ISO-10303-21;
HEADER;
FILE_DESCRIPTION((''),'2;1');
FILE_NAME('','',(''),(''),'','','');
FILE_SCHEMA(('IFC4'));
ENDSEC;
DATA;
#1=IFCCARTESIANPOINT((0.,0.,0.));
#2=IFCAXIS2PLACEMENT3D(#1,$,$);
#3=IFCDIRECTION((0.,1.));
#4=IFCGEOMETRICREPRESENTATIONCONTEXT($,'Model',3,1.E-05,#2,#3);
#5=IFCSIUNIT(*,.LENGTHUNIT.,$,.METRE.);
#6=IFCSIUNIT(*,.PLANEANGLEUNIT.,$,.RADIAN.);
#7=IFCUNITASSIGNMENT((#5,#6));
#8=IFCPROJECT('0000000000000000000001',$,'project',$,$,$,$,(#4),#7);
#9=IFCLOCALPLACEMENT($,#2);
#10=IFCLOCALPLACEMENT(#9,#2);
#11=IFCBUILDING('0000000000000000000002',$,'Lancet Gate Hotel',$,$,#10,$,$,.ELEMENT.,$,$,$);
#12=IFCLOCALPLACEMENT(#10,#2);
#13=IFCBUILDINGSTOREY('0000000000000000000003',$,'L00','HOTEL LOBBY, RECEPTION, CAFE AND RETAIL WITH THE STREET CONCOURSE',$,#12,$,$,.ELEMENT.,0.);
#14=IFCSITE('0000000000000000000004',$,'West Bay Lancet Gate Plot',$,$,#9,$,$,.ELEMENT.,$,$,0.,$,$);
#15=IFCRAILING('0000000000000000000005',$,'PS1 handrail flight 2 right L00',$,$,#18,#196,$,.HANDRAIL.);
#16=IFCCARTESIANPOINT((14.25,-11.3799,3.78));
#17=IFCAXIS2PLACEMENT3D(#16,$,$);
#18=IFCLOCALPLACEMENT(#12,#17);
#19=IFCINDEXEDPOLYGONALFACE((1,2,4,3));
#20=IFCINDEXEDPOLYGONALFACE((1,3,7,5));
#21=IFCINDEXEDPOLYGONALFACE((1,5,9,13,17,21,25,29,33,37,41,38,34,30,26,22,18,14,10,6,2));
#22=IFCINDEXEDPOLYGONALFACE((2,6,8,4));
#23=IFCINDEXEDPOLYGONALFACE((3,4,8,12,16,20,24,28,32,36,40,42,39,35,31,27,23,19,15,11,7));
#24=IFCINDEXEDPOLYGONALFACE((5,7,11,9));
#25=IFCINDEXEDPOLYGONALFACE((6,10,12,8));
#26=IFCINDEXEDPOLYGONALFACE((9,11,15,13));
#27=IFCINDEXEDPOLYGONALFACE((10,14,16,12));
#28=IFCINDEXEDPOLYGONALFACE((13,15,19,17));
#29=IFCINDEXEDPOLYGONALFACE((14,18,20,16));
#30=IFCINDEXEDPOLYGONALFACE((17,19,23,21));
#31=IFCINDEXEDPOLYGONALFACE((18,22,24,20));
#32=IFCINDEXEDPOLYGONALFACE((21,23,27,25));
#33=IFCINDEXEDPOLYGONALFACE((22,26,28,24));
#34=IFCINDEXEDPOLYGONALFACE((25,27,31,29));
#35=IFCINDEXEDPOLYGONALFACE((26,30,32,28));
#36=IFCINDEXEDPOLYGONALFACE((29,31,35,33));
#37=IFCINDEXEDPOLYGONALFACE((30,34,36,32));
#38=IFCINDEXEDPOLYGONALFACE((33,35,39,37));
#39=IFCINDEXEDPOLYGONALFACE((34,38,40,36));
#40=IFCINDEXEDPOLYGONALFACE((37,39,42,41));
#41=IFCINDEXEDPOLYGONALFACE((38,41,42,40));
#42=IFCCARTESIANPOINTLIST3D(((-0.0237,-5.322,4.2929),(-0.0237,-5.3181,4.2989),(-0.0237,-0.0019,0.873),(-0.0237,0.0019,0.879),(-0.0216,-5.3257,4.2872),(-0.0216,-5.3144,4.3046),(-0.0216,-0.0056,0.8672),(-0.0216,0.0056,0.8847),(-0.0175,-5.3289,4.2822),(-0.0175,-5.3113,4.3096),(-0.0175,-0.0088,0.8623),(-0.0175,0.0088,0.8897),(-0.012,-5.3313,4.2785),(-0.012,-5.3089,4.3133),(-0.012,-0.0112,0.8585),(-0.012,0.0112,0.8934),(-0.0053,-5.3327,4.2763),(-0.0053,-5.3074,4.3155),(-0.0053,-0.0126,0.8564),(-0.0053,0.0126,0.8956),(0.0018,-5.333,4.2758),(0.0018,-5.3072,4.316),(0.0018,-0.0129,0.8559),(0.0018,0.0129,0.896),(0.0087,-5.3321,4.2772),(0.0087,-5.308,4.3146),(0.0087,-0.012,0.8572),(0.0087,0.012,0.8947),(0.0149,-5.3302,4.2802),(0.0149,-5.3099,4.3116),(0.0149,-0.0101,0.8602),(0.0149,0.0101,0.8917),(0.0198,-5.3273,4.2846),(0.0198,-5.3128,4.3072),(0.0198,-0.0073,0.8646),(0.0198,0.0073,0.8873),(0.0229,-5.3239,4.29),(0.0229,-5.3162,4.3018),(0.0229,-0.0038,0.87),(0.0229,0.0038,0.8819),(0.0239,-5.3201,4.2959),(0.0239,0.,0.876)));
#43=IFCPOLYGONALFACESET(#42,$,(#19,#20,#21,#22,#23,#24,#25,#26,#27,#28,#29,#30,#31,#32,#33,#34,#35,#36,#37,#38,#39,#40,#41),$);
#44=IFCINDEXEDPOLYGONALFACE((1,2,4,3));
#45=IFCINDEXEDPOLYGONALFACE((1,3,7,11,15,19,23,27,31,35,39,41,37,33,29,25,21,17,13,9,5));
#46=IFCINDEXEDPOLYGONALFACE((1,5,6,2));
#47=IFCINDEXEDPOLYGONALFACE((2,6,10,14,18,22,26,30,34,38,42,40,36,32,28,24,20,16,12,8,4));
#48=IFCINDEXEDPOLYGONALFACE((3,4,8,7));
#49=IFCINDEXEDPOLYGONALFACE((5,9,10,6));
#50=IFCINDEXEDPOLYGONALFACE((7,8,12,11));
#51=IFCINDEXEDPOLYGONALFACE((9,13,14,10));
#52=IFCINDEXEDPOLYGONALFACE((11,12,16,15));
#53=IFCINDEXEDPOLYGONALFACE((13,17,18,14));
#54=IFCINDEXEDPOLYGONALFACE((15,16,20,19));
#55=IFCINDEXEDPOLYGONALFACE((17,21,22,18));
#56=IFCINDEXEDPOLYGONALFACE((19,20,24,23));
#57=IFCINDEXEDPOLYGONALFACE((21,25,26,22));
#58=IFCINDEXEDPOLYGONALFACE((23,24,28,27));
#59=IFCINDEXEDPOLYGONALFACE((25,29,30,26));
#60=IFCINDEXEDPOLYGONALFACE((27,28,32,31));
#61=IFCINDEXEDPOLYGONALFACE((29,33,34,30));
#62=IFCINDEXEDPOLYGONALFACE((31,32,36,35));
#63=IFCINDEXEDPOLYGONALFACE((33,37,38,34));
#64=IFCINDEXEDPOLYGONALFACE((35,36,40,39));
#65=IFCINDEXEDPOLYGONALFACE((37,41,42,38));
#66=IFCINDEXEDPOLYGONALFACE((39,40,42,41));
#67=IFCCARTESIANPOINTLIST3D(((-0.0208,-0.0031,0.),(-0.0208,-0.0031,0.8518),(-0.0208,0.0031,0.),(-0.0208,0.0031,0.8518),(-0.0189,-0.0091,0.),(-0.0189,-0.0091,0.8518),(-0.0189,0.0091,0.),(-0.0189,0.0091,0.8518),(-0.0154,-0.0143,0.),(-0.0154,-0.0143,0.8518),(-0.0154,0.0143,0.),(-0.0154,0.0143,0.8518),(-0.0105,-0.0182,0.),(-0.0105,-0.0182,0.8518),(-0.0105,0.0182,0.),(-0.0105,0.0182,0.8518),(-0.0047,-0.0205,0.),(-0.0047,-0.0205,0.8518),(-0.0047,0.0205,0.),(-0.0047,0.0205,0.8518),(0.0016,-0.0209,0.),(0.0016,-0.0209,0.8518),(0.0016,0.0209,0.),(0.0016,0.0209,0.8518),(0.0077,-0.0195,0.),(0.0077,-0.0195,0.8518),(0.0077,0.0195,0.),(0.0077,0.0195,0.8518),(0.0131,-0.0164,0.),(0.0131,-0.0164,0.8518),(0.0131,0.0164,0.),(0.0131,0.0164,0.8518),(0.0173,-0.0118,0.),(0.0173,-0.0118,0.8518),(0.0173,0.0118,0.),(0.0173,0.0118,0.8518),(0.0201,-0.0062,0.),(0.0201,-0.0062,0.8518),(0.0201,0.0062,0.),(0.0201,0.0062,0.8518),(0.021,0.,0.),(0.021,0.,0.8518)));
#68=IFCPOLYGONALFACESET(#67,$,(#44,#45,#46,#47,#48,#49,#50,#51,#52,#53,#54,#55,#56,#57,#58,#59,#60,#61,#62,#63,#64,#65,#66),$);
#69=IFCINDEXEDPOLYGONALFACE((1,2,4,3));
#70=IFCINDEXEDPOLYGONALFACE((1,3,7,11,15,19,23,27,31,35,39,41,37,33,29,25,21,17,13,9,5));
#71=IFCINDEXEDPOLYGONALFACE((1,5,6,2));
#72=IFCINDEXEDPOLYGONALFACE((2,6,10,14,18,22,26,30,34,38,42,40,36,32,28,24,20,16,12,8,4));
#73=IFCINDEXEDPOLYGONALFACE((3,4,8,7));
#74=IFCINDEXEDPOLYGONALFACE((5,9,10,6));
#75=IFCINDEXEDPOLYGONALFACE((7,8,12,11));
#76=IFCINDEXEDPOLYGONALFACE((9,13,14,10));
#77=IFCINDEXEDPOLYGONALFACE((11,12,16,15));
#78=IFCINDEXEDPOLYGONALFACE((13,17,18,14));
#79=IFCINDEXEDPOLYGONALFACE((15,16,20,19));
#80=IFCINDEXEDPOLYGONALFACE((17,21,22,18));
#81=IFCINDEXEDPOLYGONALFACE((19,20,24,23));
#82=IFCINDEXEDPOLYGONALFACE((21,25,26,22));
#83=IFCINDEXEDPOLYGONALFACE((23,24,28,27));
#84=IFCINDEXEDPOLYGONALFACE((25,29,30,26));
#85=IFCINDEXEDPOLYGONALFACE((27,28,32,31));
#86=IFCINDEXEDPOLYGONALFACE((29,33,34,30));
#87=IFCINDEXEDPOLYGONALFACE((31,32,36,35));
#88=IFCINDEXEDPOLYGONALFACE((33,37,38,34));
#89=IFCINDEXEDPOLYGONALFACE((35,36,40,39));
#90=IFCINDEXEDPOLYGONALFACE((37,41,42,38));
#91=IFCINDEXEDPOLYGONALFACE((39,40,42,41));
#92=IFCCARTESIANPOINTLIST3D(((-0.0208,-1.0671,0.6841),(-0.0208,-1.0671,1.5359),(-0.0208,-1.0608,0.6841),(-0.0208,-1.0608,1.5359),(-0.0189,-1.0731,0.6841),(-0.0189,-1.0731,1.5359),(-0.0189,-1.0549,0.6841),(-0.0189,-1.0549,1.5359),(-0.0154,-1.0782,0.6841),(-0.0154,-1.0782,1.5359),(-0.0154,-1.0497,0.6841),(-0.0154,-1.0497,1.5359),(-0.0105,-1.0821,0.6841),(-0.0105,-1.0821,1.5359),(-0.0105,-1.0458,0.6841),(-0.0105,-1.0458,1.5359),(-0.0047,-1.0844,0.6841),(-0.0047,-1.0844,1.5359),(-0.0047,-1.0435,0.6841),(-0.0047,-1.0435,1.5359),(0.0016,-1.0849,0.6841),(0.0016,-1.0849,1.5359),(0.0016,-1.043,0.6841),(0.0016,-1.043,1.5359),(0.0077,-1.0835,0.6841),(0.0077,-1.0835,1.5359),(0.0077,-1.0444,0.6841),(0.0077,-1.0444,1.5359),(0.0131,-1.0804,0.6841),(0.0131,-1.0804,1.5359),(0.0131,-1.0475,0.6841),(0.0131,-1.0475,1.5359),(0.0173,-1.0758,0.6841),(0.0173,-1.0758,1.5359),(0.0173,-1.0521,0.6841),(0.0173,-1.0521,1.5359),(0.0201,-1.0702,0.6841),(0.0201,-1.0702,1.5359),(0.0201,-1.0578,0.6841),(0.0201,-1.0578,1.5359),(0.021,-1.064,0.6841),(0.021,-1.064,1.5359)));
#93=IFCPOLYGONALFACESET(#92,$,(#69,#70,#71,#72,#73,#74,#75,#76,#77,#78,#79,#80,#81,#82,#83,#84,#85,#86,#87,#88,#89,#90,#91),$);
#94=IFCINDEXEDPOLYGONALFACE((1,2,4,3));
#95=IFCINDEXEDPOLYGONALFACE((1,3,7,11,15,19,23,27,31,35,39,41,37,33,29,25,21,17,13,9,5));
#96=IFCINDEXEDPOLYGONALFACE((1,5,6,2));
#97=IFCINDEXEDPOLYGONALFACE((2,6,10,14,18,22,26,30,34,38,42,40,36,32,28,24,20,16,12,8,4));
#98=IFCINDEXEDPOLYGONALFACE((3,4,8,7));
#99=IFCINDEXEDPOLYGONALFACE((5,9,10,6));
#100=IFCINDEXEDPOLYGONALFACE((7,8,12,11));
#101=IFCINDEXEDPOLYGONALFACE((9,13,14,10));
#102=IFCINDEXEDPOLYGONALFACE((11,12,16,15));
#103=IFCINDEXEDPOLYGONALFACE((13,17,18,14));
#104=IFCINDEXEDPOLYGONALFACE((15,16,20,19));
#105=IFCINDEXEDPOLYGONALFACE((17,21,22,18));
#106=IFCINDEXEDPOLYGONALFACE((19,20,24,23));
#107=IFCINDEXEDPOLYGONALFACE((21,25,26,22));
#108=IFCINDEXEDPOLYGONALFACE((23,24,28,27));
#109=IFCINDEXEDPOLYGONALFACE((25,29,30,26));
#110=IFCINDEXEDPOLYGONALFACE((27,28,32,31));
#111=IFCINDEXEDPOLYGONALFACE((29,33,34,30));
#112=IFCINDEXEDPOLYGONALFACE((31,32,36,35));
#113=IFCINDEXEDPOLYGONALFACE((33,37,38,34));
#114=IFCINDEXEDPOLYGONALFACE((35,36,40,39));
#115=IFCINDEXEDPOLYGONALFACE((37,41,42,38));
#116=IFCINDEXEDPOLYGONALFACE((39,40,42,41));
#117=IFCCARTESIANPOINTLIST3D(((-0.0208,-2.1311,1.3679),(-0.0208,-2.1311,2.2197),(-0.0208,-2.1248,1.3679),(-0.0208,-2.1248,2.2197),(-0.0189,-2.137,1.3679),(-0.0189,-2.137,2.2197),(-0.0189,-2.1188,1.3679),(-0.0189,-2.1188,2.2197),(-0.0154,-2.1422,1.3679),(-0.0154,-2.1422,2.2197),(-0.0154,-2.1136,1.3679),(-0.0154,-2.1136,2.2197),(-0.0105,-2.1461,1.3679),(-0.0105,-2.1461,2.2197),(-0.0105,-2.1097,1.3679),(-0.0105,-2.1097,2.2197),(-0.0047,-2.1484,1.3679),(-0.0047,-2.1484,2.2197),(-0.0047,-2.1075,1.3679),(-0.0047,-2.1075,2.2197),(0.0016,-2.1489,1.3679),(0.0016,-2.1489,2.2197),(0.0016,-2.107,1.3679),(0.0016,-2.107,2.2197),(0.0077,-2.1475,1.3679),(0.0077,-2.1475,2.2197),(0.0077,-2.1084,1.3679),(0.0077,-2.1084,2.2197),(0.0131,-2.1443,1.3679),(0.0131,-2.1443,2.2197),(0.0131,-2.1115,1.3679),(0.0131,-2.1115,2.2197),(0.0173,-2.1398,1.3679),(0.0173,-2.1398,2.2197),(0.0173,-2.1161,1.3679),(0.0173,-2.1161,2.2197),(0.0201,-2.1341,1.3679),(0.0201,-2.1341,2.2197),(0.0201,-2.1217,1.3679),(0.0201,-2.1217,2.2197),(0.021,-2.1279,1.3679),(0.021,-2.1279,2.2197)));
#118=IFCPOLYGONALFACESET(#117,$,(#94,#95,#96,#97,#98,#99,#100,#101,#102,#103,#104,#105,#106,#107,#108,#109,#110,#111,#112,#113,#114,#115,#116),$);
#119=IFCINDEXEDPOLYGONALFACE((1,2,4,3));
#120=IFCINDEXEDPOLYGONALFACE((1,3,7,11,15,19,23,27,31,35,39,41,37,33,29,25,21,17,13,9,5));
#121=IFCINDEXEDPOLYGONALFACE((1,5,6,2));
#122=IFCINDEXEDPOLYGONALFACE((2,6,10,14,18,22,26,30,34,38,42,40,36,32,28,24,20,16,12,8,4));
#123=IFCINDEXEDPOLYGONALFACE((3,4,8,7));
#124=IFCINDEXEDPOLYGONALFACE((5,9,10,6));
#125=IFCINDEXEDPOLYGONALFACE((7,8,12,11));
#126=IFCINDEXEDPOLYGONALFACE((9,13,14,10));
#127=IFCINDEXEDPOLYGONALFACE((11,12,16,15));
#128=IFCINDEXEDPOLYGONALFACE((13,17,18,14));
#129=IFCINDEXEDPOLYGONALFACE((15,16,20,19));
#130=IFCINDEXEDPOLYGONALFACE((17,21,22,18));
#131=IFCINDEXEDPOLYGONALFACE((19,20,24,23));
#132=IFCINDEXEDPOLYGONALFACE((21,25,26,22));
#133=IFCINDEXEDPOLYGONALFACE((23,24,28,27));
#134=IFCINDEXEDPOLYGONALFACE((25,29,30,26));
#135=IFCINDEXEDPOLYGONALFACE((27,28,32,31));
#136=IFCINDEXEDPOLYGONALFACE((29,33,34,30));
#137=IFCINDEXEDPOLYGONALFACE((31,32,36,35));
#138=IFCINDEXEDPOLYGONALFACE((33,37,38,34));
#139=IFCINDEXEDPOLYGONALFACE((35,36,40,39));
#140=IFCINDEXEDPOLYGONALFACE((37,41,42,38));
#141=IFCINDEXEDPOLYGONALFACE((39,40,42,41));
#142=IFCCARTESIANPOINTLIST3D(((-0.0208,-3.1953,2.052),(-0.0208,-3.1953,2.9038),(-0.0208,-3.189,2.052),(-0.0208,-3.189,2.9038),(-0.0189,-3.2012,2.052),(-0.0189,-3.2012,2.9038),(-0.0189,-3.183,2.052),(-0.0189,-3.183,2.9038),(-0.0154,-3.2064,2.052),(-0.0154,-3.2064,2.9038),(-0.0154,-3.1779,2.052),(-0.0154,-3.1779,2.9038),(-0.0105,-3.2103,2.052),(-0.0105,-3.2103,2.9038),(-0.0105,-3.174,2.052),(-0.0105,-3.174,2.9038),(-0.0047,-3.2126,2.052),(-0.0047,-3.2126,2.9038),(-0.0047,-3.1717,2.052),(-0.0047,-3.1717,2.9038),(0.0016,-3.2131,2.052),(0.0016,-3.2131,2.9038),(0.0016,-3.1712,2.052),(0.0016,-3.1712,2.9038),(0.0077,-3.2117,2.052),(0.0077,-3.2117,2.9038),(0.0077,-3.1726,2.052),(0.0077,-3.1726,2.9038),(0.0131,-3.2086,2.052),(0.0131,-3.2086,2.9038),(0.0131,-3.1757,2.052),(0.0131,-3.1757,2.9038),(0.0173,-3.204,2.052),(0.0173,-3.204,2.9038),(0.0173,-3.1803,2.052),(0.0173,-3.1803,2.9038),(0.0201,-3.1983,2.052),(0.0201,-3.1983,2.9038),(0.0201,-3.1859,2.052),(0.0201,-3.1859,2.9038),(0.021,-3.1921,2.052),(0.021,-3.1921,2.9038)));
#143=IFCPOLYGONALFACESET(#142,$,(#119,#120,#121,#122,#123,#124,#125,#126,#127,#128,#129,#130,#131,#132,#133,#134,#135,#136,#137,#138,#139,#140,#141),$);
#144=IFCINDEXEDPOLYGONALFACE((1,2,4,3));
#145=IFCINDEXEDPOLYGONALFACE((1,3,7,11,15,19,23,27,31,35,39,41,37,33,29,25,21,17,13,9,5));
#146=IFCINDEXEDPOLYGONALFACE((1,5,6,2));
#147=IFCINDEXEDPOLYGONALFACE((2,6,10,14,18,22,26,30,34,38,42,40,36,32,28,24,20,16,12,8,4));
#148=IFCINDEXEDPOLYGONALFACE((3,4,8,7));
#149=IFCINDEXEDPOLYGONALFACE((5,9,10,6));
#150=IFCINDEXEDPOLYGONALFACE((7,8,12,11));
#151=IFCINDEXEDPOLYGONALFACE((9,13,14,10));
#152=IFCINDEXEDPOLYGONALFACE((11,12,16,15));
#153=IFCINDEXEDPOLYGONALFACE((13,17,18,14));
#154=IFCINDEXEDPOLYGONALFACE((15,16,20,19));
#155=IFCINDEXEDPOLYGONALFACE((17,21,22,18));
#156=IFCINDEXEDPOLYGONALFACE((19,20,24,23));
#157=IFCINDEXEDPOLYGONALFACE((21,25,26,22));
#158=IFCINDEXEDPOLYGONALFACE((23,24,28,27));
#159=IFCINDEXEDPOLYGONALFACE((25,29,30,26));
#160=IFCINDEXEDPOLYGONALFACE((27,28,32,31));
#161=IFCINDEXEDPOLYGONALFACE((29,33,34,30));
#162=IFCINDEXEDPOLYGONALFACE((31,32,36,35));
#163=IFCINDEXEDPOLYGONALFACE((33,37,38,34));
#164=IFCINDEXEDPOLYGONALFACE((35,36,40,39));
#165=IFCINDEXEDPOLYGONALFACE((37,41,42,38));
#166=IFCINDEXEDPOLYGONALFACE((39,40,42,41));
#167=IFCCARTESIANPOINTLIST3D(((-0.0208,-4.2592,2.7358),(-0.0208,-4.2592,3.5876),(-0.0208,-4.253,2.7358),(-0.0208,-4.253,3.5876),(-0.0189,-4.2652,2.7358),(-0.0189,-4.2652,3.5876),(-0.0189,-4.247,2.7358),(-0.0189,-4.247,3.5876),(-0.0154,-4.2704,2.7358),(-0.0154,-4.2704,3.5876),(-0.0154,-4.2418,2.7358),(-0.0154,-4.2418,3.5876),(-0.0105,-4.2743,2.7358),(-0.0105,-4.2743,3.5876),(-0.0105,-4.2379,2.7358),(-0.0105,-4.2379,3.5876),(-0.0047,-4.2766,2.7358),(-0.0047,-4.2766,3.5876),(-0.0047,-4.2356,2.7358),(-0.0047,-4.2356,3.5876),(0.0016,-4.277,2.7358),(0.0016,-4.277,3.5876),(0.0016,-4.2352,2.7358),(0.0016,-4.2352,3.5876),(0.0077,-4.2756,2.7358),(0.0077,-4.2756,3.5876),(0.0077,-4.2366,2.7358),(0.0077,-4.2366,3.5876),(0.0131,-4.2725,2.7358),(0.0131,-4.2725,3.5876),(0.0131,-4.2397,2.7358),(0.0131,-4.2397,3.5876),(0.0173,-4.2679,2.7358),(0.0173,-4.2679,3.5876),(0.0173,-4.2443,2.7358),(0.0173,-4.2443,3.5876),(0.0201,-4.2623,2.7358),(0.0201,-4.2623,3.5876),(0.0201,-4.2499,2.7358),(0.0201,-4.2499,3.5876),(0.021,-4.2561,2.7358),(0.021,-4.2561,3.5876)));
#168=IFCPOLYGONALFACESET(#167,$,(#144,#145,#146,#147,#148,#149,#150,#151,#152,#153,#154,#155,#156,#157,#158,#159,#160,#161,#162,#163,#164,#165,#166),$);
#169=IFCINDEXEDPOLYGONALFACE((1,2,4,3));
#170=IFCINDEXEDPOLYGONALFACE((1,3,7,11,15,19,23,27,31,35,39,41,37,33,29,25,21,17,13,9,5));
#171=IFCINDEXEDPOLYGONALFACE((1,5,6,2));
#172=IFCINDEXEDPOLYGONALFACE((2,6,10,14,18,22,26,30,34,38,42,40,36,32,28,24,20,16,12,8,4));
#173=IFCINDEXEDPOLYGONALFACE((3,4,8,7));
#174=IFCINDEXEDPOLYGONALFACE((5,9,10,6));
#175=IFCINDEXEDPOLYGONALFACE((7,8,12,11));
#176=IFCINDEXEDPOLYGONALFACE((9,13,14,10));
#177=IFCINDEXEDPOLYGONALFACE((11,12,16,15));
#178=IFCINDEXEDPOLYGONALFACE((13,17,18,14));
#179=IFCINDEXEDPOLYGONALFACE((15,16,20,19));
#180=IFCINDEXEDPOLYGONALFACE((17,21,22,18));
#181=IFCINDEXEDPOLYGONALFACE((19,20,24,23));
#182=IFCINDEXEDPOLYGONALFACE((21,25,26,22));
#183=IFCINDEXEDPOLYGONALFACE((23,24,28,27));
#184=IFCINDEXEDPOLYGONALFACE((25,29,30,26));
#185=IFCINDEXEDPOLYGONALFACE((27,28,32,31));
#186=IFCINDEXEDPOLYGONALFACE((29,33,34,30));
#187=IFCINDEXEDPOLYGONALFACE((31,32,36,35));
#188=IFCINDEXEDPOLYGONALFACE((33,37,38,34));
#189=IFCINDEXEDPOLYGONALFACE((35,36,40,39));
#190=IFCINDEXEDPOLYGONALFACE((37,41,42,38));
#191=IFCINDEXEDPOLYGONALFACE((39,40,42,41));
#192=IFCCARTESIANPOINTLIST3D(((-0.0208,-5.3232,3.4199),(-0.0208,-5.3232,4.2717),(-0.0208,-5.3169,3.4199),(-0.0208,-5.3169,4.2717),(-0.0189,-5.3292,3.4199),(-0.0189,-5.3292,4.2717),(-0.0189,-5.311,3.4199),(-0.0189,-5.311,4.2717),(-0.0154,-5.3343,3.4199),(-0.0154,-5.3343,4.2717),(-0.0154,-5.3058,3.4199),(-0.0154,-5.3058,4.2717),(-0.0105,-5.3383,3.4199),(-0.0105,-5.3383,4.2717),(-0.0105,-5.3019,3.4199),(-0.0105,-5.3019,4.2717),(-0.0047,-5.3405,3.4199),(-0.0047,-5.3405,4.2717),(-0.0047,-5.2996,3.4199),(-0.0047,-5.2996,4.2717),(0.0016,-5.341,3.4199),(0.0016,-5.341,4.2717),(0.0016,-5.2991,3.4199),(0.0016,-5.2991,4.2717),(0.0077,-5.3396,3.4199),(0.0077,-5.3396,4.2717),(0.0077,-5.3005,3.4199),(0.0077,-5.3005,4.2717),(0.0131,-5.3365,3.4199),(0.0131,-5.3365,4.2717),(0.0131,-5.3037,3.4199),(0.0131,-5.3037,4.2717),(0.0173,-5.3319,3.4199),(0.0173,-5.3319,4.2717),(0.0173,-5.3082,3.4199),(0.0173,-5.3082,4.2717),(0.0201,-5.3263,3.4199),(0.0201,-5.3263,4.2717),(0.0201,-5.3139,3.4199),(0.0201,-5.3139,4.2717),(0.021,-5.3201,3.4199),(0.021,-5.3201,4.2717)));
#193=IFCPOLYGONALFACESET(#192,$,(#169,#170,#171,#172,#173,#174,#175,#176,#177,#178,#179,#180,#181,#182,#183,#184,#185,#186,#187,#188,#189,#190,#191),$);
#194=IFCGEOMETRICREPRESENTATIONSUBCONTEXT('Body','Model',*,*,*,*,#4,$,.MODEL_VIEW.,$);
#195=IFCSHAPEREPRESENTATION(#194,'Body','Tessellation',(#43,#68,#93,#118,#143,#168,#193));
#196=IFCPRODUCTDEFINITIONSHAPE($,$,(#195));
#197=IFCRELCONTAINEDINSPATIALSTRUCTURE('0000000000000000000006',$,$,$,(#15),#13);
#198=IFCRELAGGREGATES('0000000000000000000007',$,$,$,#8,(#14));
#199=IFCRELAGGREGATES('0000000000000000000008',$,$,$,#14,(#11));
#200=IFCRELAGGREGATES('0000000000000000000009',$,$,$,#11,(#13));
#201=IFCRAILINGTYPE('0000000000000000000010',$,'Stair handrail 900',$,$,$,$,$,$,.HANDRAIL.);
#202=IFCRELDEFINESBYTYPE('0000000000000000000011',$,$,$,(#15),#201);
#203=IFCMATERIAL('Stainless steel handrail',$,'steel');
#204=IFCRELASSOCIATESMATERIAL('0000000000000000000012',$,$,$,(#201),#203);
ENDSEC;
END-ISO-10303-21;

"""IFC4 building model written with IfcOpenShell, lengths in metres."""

from ifc_helpers import new_model, si_unit, direction, frame, origin, origin_2d, place, context, subcontext, project, spatial, circle, extrude, material, type_object, element, save


model = new_model("IFC4")

# Units and contexts
model_context = context("Model", 3, precision=1e-05, world=origin(), true_north=direction((0.0, 1.0)))
body_context = subcontext(model_context, "Body", "Model", "MODEL_VIEW")
ifc_project = project(units=[si_unit("LENGTHUNIT", "METRE"), si_unit("PLANEANGLEUNIT", "RADIAN")], contexts=[model_context])

# Site, building, storey
site_placement = place(None, origin())
site = spatial("IfcSite", under=ifc_project, at=site_placement, Name="West Bay Lancet Gate Plot", CompositionType="ELEMENT", RefElevation=0.0)
building_placement = place(site_placement, origin())
building = spatial("IfcBuilding", under=site, at=building_placement, Name="Lancet Gate Hotel", CompositionType="ELEMENT")
storey_placement = place(building_placement, origin())
storey = spatial("IfcBuildingStorey", under=building, at=storey_placement, Name="L00", Description="HOTEL LOBBY, RECEPTION, CAFE AND RETAIL WITH THE STREET CONCOURSE", CompositionType="ELEMENT", Elevation=0.0)

# Railing
ifc_material_1 = material(Name="Stainless steel handrail", Category="steel")
railing_type_1 = type_object("IfcRailingType", Name="Stair handrail 900", PredefinedType="HANDRAIL", material=ifc_material_1)
for number, where, name in (
    (1, (14.25, -11.3799, 3.78), "PS1 handrail flight 2 right L00"),
):
    element("IfcRailing", number, at=place(storey_placement, frame(where)), inside=storey, type_object=railing_type_1, Name=name, PredefinedType="HANDRAIL", context=body_context, shape_type="SweptSolid", body=[
        extrude(circle(Radius=0.0239, at=origin_2d()), frame((0.0, 0.0, 0.876), z_axis=(0.0, -0.841187, 0.540744), x_axis=(1.0, 0.0, 0.0)), (0.0, 0.0, 1.0), 6.3245),
        extrude(circle(Radius=0.021, at=origin_2d()), origin(), (0.0, 0.0, 1.0), 0.8518),
        extrude(circle(Radius=0.021, at=origin_2d()), frame((0.0, -1.064, 0.6841)), (0.0, 0.0, 1.0), 0.8518),
        extrude(circle(Radius=0.021, at=origin_2d()), frame((0.0, -2.1279, 1.3679)), (0.0, 0.0, 1.0), 0.8518),
        extrude(circle(Radius=0.021, at=origin_2d()), frame((0.0, -3.1921, 2.052)), (0.0, 0.0, 1.0), 0.8518),
        extrude(circle(Radius=0.021, at=origin_2d()), frame((0.0, -4.2561, 2.7358)), (0.0, 0.0, 1.0), 0.8518),
        extrude(circle(Radius=0.021, at=origin_2d()), frame((0.0, -5.3201, 3.4199)), (0.0, 0.0, 1.0), 0.8518),
    ])

save(model, "model.ifc")
